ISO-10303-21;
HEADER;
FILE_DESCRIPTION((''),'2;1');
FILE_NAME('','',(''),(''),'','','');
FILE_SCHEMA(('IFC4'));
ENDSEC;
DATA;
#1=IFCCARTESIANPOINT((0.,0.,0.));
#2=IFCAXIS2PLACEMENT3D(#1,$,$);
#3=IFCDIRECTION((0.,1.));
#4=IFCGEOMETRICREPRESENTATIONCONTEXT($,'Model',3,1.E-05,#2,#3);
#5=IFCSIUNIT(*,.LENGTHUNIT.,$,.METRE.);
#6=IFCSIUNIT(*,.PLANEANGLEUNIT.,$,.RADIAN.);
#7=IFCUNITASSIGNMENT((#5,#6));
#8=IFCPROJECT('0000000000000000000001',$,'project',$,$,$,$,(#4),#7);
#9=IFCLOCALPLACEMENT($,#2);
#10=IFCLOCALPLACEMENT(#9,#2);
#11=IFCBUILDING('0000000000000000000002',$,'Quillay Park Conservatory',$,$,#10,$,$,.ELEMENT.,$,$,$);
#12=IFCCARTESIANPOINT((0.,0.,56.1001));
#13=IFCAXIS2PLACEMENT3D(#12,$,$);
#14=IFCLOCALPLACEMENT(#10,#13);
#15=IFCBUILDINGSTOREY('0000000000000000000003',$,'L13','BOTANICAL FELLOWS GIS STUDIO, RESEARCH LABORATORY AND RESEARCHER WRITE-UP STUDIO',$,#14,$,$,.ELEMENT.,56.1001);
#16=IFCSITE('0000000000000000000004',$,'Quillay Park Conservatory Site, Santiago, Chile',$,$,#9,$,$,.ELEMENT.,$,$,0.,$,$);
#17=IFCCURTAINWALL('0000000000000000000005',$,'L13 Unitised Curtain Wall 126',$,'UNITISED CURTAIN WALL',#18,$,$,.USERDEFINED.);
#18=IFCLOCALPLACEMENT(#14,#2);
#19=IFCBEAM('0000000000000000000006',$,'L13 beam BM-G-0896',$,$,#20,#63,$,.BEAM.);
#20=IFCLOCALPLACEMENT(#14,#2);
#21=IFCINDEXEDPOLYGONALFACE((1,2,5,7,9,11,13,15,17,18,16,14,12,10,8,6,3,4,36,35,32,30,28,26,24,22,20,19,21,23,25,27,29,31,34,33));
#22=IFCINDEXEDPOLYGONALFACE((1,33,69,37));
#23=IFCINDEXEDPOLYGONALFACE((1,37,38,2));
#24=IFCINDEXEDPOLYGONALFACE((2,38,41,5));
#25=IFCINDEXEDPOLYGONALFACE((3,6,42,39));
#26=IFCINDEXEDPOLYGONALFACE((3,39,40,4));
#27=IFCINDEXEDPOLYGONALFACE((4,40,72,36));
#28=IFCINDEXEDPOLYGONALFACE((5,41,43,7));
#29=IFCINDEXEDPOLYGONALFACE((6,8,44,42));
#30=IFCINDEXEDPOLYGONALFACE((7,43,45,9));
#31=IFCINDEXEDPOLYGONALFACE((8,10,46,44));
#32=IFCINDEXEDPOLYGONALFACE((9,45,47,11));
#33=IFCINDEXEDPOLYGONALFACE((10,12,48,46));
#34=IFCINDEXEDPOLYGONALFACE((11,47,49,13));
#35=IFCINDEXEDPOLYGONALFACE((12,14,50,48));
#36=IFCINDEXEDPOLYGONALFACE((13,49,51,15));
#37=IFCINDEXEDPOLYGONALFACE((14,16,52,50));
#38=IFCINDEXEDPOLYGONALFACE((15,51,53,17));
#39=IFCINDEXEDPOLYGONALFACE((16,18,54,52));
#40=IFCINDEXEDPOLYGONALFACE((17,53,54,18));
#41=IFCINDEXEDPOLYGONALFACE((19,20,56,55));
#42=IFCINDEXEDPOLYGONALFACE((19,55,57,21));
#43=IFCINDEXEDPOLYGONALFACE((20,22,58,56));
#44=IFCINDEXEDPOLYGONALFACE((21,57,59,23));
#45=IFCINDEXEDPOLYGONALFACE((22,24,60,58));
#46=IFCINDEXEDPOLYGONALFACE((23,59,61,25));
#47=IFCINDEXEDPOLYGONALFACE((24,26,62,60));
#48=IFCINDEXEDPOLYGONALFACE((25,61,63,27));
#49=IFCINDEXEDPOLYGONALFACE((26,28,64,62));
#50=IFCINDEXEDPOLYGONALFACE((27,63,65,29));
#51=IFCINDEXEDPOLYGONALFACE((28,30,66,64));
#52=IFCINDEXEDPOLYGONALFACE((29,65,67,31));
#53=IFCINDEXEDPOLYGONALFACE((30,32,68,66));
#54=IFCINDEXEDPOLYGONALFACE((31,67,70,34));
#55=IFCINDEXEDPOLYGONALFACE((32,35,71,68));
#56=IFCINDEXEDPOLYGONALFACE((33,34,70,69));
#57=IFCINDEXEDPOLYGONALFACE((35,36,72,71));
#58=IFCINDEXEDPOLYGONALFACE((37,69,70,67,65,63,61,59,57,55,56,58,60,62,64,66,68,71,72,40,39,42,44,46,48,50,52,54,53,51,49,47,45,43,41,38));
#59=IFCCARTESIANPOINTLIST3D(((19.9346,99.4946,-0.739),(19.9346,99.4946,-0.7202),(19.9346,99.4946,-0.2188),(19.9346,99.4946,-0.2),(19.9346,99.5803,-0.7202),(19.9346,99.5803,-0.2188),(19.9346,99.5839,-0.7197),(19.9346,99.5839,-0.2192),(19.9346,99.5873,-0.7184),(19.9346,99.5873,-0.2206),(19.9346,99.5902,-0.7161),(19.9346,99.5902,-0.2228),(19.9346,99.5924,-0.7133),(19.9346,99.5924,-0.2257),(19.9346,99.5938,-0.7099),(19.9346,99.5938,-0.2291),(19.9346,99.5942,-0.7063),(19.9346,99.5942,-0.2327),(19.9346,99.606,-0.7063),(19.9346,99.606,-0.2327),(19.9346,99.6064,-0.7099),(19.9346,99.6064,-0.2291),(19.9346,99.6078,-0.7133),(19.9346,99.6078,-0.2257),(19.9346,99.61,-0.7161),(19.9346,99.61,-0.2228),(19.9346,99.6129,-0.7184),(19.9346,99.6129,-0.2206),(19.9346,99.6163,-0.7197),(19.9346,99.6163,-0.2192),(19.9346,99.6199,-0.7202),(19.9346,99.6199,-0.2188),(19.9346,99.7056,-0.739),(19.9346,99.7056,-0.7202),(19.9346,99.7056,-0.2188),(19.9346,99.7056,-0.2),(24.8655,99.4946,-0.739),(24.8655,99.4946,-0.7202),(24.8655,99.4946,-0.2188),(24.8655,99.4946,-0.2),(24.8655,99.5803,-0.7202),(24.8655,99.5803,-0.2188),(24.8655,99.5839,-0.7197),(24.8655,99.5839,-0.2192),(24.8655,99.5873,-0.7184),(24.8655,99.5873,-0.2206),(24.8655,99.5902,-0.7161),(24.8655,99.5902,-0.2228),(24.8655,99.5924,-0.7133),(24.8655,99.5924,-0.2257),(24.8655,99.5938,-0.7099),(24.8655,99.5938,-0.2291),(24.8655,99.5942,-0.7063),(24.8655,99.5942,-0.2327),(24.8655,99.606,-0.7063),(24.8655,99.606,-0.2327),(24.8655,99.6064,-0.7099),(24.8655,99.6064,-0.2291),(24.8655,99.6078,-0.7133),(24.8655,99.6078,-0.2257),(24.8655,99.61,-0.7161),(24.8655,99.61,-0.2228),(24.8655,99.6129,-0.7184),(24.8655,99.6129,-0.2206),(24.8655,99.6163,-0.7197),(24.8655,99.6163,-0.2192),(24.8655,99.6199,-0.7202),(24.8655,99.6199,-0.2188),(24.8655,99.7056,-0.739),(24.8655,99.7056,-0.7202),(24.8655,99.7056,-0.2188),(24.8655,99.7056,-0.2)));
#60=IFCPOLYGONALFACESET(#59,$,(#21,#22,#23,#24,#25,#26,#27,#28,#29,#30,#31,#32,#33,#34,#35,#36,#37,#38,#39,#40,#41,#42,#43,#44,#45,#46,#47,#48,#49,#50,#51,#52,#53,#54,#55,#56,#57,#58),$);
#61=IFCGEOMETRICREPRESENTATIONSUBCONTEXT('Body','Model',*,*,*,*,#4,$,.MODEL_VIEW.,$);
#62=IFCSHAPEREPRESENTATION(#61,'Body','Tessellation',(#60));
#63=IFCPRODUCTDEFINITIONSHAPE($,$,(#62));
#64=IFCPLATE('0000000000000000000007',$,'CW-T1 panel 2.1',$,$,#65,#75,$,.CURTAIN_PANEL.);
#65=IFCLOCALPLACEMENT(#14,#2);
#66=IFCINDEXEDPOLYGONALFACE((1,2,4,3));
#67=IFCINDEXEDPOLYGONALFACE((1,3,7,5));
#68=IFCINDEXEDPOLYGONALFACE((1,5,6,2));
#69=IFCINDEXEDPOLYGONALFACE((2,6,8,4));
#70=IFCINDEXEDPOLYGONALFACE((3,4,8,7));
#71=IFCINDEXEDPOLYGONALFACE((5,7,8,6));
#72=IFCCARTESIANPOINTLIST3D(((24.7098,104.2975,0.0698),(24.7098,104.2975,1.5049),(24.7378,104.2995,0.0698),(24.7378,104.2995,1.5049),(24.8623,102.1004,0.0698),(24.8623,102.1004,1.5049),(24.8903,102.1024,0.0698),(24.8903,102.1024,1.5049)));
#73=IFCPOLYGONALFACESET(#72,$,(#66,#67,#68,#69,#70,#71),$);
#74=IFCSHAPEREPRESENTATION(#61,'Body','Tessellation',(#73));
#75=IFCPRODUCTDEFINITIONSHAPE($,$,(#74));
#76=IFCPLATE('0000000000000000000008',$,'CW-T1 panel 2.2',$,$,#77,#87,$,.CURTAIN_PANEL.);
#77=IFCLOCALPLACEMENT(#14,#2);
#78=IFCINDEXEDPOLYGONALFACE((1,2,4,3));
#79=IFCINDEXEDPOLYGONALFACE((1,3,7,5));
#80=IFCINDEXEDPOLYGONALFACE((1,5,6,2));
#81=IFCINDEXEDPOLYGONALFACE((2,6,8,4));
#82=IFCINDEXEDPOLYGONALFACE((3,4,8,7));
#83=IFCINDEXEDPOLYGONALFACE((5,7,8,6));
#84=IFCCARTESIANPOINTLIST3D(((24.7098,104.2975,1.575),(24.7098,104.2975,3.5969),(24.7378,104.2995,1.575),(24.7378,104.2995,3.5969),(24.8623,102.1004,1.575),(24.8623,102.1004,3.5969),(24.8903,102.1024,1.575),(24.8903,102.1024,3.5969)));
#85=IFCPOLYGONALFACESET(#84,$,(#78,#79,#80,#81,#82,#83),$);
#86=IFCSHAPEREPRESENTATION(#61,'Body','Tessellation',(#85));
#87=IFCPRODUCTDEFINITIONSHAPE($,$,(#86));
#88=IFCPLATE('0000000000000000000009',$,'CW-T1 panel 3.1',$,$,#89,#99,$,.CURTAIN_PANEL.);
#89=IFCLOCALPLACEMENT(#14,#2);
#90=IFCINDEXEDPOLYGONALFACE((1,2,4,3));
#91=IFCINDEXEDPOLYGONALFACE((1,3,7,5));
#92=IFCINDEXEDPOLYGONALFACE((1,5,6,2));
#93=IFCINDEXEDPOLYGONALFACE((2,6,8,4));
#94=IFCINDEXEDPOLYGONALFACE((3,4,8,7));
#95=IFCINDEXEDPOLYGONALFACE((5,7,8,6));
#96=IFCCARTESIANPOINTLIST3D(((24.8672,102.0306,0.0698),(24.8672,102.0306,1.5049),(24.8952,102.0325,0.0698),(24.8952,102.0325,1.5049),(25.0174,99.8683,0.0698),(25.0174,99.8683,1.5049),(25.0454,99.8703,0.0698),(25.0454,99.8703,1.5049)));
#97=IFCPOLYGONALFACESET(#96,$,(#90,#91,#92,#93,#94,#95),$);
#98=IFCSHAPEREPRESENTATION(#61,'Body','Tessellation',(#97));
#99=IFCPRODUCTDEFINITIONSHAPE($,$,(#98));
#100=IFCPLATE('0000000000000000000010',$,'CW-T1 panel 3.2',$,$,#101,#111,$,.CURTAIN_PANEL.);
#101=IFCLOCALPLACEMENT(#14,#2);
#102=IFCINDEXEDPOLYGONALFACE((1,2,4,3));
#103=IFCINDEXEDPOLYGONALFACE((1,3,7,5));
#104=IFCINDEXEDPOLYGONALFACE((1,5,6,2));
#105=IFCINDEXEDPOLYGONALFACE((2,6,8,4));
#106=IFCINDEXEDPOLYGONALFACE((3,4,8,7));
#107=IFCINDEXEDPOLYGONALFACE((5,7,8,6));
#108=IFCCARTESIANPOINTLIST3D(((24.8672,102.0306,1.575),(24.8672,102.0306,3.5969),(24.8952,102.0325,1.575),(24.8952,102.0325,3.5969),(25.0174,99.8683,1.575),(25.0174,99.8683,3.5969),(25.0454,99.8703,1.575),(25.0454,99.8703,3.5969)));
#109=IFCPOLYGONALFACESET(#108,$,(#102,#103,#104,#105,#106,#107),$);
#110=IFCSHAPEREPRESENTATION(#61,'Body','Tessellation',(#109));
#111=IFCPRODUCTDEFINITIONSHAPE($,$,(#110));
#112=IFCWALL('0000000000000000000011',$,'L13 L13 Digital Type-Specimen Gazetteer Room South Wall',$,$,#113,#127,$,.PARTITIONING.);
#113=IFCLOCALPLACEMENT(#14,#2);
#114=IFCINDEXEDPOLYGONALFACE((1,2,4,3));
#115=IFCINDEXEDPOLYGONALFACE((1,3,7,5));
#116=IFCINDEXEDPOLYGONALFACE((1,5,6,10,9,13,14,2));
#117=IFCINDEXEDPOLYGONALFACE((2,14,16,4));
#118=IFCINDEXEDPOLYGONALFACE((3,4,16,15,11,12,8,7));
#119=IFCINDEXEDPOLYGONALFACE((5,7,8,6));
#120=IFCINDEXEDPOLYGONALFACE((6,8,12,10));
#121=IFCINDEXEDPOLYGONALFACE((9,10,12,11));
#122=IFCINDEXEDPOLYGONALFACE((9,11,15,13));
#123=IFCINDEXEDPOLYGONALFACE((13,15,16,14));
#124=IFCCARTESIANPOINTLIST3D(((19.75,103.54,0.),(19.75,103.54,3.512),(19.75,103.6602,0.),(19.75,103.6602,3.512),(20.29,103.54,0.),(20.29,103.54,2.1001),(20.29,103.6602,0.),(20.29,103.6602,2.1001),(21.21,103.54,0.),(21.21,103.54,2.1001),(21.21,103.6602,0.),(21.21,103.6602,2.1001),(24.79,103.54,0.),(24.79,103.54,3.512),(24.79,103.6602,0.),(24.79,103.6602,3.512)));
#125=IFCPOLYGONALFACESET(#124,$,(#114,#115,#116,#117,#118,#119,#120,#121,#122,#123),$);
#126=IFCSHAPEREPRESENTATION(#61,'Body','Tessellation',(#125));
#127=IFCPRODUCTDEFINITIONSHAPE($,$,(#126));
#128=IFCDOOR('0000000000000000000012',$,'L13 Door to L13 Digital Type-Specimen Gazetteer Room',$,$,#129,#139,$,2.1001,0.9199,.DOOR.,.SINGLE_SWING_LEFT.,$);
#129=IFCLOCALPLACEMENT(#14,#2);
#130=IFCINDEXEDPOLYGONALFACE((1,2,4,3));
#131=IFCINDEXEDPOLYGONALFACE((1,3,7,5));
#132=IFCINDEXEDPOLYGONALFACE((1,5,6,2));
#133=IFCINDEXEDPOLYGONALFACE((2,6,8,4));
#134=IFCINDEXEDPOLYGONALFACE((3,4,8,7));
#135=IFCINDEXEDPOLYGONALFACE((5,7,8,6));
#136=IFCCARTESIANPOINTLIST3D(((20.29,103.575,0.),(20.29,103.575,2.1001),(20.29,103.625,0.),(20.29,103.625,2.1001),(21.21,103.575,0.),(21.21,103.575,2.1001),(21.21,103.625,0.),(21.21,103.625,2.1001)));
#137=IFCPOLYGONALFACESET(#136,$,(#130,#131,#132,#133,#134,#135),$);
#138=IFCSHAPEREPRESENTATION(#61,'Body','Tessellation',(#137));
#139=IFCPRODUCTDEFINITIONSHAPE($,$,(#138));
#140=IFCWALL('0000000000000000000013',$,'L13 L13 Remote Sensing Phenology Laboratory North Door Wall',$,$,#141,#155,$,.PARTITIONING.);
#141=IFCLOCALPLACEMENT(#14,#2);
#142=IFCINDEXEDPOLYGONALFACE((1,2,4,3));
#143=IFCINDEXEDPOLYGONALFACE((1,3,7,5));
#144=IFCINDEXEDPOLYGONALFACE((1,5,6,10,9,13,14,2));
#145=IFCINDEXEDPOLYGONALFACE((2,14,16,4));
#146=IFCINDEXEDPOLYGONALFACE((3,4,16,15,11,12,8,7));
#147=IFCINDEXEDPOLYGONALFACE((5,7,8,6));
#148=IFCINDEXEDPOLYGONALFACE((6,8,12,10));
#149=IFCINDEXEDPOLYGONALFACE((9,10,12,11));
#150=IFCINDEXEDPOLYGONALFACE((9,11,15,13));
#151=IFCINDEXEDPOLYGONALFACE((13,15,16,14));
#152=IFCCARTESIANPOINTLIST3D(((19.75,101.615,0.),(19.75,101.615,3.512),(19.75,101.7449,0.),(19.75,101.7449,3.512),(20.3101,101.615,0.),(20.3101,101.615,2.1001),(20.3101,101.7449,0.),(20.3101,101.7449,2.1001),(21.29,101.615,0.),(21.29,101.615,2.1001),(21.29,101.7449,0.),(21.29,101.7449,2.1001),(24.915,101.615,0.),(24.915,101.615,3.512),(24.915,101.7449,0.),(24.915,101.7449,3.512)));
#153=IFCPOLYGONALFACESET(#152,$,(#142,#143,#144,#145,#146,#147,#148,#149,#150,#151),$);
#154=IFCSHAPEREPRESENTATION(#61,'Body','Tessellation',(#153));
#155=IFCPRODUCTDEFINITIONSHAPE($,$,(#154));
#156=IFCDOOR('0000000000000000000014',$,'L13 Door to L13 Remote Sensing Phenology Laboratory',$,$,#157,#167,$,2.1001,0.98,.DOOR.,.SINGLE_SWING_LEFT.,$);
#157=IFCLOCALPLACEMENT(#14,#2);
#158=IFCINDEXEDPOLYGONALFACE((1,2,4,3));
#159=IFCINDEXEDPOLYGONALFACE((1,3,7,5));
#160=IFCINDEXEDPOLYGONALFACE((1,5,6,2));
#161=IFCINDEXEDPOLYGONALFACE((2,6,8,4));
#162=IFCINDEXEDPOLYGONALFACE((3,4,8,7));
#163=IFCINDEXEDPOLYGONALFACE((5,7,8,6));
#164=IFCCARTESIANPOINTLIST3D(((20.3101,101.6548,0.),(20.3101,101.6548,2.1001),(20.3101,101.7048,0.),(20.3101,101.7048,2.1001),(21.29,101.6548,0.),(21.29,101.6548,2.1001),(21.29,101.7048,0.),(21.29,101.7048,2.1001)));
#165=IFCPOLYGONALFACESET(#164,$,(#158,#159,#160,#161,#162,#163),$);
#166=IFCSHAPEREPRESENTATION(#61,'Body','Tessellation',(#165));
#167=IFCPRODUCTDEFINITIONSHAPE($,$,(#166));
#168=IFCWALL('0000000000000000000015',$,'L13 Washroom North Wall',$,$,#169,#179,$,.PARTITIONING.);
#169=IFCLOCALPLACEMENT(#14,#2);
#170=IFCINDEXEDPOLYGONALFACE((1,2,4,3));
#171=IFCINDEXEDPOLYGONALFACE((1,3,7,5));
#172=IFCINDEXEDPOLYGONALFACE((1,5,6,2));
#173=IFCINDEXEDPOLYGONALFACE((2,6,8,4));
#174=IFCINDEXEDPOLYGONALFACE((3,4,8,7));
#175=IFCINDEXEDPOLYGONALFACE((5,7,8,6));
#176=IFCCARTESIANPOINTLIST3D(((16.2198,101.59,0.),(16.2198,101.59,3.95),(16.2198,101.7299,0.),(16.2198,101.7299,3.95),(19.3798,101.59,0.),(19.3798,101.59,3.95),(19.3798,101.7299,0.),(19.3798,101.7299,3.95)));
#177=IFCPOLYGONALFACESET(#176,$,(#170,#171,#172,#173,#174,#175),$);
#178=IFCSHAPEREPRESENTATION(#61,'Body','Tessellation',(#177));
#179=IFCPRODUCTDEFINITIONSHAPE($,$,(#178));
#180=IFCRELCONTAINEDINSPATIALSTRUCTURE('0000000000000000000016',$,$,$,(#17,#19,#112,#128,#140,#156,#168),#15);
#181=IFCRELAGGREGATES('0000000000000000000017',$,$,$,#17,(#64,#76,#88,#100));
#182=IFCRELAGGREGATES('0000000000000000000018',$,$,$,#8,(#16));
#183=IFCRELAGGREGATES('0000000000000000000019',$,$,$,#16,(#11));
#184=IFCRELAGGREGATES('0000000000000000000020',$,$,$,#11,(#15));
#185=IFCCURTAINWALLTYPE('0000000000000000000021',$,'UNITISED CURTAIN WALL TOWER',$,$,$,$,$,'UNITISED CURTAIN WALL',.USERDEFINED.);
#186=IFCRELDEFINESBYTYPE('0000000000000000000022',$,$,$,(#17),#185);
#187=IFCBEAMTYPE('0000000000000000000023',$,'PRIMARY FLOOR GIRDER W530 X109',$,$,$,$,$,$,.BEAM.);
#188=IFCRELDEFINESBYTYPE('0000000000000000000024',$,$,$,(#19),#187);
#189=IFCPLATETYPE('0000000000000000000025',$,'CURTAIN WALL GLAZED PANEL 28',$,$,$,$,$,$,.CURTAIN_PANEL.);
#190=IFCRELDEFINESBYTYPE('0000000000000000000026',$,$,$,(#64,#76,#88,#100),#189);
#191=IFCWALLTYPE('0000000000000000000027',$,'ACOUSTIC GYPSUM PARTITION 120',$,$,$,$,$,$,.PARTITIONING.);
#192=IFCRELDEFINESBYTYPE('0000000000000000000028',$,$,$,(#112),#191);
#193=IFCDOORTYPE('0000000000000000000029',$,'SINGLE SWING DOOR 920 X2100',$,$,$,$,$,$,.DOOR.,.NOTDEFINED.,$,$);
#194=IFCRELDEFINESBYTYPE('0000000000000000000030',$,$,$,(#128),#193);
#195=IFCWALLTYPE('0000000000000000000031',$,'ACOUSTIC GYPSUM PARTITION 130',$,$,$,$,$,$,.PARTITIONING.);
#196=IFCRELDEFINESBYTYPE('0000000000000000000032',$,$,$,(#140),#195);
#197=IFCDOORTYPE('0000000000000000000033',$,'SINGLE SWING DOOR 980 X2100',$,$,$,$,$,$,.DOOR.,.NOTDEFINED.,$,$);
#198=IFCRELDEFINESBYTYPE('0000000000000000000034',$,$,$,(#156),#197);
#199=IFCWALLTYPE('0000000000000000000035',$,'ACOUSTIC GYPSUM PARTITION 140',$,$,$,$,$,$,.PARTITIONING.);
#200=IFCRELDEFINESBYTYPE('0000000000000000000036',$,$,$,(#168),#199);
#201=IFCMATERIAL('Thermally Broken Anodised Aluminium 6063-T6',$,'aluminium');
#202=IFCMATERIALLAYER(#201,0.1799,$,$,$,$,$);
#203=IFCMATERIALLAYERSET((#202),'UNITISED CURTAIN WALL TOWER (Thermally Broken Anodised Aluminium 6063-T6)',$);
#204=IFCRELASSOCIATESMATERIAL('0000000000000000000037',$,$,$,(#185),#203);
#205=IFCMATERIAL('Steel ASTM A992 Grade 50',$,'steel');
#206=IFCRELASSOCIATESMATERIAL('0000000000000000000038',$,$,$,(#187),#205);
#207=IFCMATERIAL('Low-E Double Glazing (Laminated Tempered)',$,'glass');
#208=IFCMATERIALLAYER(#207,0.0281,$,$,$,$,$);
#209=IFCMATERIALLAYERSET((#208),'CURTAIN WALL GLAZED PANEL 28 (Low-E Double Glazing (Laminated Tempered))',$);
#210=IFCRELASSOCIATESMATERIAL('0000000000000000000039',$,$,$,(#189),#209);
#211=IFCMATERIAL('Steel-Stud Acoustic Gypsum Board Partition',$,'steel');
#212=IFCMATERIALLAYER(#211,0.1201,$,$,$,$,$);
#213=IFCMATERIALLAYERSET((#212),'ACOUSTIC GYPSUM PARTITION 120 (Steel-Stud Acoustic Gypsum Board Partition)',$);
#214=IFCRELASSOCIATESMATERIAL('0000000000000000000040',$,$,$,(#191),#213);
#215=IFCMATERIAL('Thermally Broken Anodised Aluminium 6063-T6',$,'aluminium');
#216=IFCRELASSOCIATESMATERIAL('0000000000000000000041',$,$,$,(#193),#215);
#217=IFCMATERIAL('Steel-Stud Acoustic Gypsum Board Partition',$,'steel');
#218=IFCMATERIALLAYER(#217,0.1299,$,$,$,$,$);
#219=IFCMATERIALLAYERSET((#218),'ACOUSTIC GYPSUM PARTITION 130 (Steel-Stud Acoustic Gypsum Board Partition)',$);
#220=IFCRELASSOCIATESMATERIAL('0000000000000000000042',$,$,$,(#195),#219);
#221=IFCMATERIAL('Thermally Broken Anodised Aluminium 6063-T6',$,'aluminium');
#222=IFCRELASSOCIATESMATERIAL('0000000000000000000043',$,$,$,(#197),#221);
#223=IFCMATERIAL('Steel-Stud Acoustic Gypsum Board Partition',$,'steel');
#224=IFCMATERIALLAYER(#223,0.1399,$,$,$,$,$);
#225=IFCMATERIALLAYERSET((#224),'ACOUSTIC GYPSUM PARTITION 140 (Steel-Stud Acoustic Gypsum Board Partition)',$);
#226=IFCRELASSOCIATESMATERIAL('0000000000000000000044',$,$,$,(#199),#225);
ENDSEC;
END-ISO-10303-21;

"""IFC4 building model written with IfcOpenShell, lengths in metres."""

from ifc_helpers import new_model, si_unit, direction, frame, frame_2d, origin, origin_2d, place, context, subcontext, project, spatial, rectangle, i_section, extrude, material, layer, layer_set, material_profile, profile_set, type_object, element, fill, aggregate, save


model = new_model("IFC4")

# Units and contexts
model_context = context("Model", 3, precision=1e-05, world=origin(), true_north=direction((0.0, 1.0)))
body_context = subcontext(model_context, "Body", "Model", "MODEL_VIEW")
ifc_project = project(units=[si_unit("LENGTHUNIT", "METRE"), si_unit("PLANEANGLEUNIT", "RADIAN")], contexts=[model_context])

# Site, building, storey
site_placement = place(None, origin())
site = spatial("IfcSite", under=ifc_project, at=site_placement, Name="Quillay Park Conservatory Site, Santiago, Chile", CompositionType="ELEMENT", RefElevation=0.0)
building_placement = place(site_placement, origin())
building = spatial("IfcBuilding", under=site, at=building_placement, Name="Quillay Park Conservatory", CompositionType="ELEMENT")
storey_placement = place(building_placement, frame((0.0, 0.0, 56.1001)))
storey = spatial("IfcBuildingStorey", under=building, at=storey_placement, Name="L13", Description="BOTANICAL FELLOWS GIS STUDIO, RESEARCH LABORATORY AND RESEARCHER WRITE-UP STUDIO", CompositionType="ELEMENT", Elevation=56.1001)

# Shared definitions
ifc_material_1 = material(Name="Thermally Broken Anodised Aluminium 6063-T6", Category="aluminium")
ifc_layer_1 = layer(ifc_material_1, 0.1799)
ifc_layer_set_1 = layer_set([ifc_layer_1], Name="UNITISED CURTAIN WALL TOWER (Thermally Broken Anodised Aluminium 6063-T6)")
curtain_wall_type = type_object("IfcCurtainWallType", Name="UNITISED CURTAIN WALL TOWER", ElementType="UNITISED CURTAIN WALL", PredefinedType="USERDEFINED", material=ifc_layer_set_1)

# Curtain wall
curtain_wall_1_placement = place(storey_placement, origin())
curtain_wall_1 = element("IfcCurtainWall", 1, at=curtain_wall_1_placement, inside=storey, type_object=curtain_wall_type, Name="L13 Unitised Curtain Wall 126", ObjectType="UNITISED CURTAIN WALL", PredefinedType="USERDEFINED")

# Beam
ifc_material_2 = material(Name="Steel ASTM A992 Grade 50", Category="steel")
ifc_material_profile_1 = material_profile(ifc_material_2, i_section(OverallWidth=0.2109, OverallDepth=0.5391, WebThickness=0.0117, FlangeThickness=0.0188, FilletRadius=0.0139, at=origin_2d()), Name="W530x109")
ifc_profile_set_1 = profile_set([ifc_material_profile_1], Name="Steel ASTM A992 Grade 50")
beam_type_1 = type_object("IfcBeamType", Name="PRIMARY FLOOR GIRDER W530 X109", PredefinedType="BEAM", material=ifc_profile_set_1)
beam_1_placement = place(storey_placement, frame((19.9346, 99.6001, -0.4695), z_axis=(1.0, 0.0, 0.0), x_axis=(0.0, 1.0, 0.0)))
element("IfcBeam", 2, at=beam_1_placement, inside=storey, type_object=beam_type_1, Name="L13 beam BM-G-0896", PredefinedType="BEAM", context=body_context, shape_type="SweptSolid", body=[
    extrude(i_section(OverallWidth=0.2109, OverallDepth=0.5391, WebThickness=0.0117, FlangeThickness=0.0188, FilletRadius=0.0139, at=origin_2d()), origin(), (0.0, 0.0, 1.0), 4.9309),
])

# Plates
ifc_material_3 = material(Name="Low-E Double Glazing (Laminated Tempered)", Category="glass")
ifc_layer_2 = layer(ifc_material_3, 0.0281)
ifc_layer_set_2 = layer_set([ifc_layer_2], Name="CURTAIN WALL GLAZED PANEL 28 (Low-E Double Glazing (Laminated Tempered))")
plate_type = type_object("IfcPlateType", Name="CURTAIN WALL GLAZED PANEL 28", PredefinedType="CURTAIN_PANEL", material=ifc_layer_set_2)
plate_1_placement = place(storey_placement, frame((24.8, 103.2, 0.0698), z_axis=(0.0, 0.0, 1.0), x_axis=(0.069264, -0.997598, 0.0)))
plate_1 = element("IfcPlate", 3, at=plate_1_placement, type_object=plate_type, Name="CW-T1 panel 2.1", PredefinedType="CURTAIN_PANEL", context=body_context, shape_type="SweptSolid", body=[
    extrude(rectangle(XDim=2.2024, YDim=0.0281, at=origin_2d()), origin(), (0.0, 0.0, 1.0), 1.4351),
])
plate_2_placement = place(storey_placement, frame((24.8, 103.2, 1.575), z_axis=(0.0, 0.0, 1.0), x_axis=(0.069264, -0.997598, 0.0)))
plate_2 = element("IfcPlate", 4, at=plate_2_placement, type_object=plate_type, Name="CW-T1 panel 2.2", PredefinedType="CURTAIN_PANEL", context=body_context, shape_type="SweptSolid", body=[
    extrude(rectangle(XDim=2.2024, YDim=0.0281, at=origin_2d()), origin(), (0.0, 0.0, 1.0), 2.022),
])
plate_3_placement = place(storey_placement, frame((24.9563, 100.9504, 0.0698), z_axis=(0.0, 0.0, 1.0), x_axis=(0.069264, -0.997598, 0.0)))
plate_3 = element("IfcPlate", 5, at=plate_3_placement, type_object=plate_type, Name="CW-T1 panel 3.1", PredefinedType="CURTAIN_PANEL", context=body_context, shape_type="SweptSolid", body=[
    extrude(rectangle(XDim=2.1675, YDim=0.0281, at=origin_2d()), origin(), (0.0, 0.0, 1.0), 1.4351),
])
plate_4_placement = place(storey_placement, frame((24.9563, 100.9504, 1.575), z_axis=(0.0, 0.0, 1.0), x_axis=(0.069264, -0.997598, 0.0)))
plate_4 = element("IfcPlate", 6, at=plate_4_placement, type_object=plate_type, Name="CW-T1 panel 3.2", PredefinedType="CURTAIN_PANEL", context=body_context, shape_type="SweptSolid", body=[
    extrude(rectangle(XDim=2.1675, YDim=0.0281, at=origin_2d()), origin(), (0.0, 0.0, 1.0), 2.022),
])
aggregate(curtain_wall_1, [plate_1, plate_2, plate_3, plate_4])

# Walls, openings, doors
ifc_material_4 = material(Name="Steel-Stud Acoustic Gypsum Board Partition", Category="steel")
ifc_layer_3 = layer(ifc_material_4, 0.1201)
ifc_layer_set_3 = layer_set([ifc_layer_3], Name="ACOUSTIC GYPSUM PARTITION 120 (Steel-Stud Acoustic Gypsum Board Partition)")
wall_type_1 = type_object("IfcWallType", Name="ACOUSTIC GYPSUM PARTITION 120", PredefinedType="PARTITIONING", material=ifc_layer_set_3)
wall_1_placement = place(storey_placement, frame((19.75, 103.6001, 0.0), z_axis=(0.0, 0.0, 1.0), x_axis=(1.0, 0.0, 0.0)))
wall_1 = element("IfcWall", 7, at=wall_1_placement, inside=storey, type_object=wall_type_1, Name="L13 L13 Digital Type-Specimen Gazetteer Room South Wall", PredefinedType="PARTITIONING", context=body_context, shape_type="SweptSolid", body=[
    extrude(rectangle(XDim=5.04, YDim=0.1201, at=frame_2d((2.52, 0.0))), origin(), (0.0, 0.0, 1.0), 3.512),
])
opening_1_placement = place(wall_1_placement, frame((0.54, 0.0, 0.0)))
opening_1 = element("IfcOpeningElement", 8, at=opening_1_placement, cuts=wall_1, PredefinedType="OPENING", context=body_context, shape_type="SweptSolid", body=[
    extrude(rectangle(XDim=0.9199, YDim=2.1001, at=frame_2d((0.46, 1.05))), frame((0.0, 0.0601, 0.0), z_axis=(0.0, -1.0, 0.0), x_axis=(1.0, 0.0, 0.0)), (0.0, 0.0, 1.0), 0.1201),
])
ifc_material_5 = material(Name="Thermally Broken Anodised Aluminium 6063-T6", Category="aluminium")
door_type_1 = type_object("IfcDoorType", Name="SINGLE SWING DOOR 920 X2100", OperationType="NOTDEFINED", PredefinedType="DOOR", material=ifc_material_5)
door_1_placement = place(opening_1_placement, origin())
door_1 = element("IfcDoor", 9, at=door_1_placement, inside=storey, type_object=door_type_1, Name="L13 Door to L13 Digital Type-Specimen Gazetteer Room", OperationType="SINGLE_SWING_LEFT", OverallHeight=2.1001, OverallWidth=0.9199, PredefinedType="DOOR", context=body_context, shape_type="SweptSolid", body=[
    extrude(rectangle(XDim=0.9199, YDim=2.1001, at=frame_2d((0.46, 1.05))), frame((0.0, 0.0249, 0.0), z_axis=(0.0, -1.0, 0.0), x_axis=(1.0, 0.0, 0.0)), (0.0, 0.0, 1.0), 0.05),
])
fill(opening_1, door_1)
ifc_material_6 = material(Name="Steel-Stud Acoustic Gypsum Board Partition", Category="steel")
ifc_layer_4 = layer(ifc_material_6, 0.1299)
ifc_layer_set_4 = layer_set([ifc_layer_4], Name="ACOUSTIC GYPSUM PARTITION 130 (Steel-Stud Acoustic Gypsum Board Partition)")
wall_type_2 = type_object("IfcWallType", Name="ACOUSTIC GYPSUM PARTITION 130", PredefinedType="PARTITIONING", material=ifc_layer_set_4)
wall_2_placement = place(storey_placement, frame((19.75, 101.6799, 0.0), z_axis=(0.0, 0.0, 1.0), x_axis=(1.0, 0.0, 0.0)))
wall_2 = element("IfcWall", 10, at=wall_2_placement, inside=storey, type_object=wall_type_2, Name="L13 L13 Remote Sensing Phenology Laboratory North Door Wall", PredefinedType="PARTITIONING", context=body_context, shape_type="SweptSolid", body=[
    extrude(rectangle(XDim=5.165, YDim=0.1299, at=frame_2d((2.5825, 0.0))), origin(), (0.0, 0.0, 1.0), 3.512),
])
opening_2_placement = place(wall_2_placement, frame((0.5601, 0.0, 0.0)))
opening_2 = element("IfcOpeningElement", 11, at=opening_2_placement, cuts=wall_2, PredefinedType="OPENING", context=body_context, shape_type="SweptSolid", body=[
    extrude(rectangle(XDim=0.98, YDim=2.1001, at=frame_2d((0.49, 1.05))), frame((0.0, 0.0649, 0.0), z_axis=(0.0, -1.0, 0.0), x_axis=(1.0, 0.0, 0.0)), (0.0, 0.0, 1.0), 0.1299),
])
ifc_material_7 = material(Name="Thermally Broken Anodised Aluminium 6063-T6", Category="aluminium")
door_type_2 = type_object("IfcDoorType", Name="SINGLE SWING DOOR 980 X2100", OperationType="NOTDEFINED", PredefinedType="DOOR", material=ifc_material_7)
door_2_placement = place(opening_2_placement, origin())
door_2 = element("IfcDoor", 12, at=door_2_placement, inside=storey, type_object=door_type_2, Name="L13 Door to L13 Remote Sensing Phenology Laboratory", OperationType="SINGLE_SWING_LEFT", OverallHeight=2.1001, OverallWidth=0.98, PredefinedType="DOOR", context=body_context, shape_type="SweptSolid", body=[
    extrude(rectangle(XDim=0.98, YDim=2.1001, at=frame_2d((0.49, 1.05))), frame((0.0, 0.0249, 0.0), z_axis=(0.0, -1.0, 0.0), x_axis=(1.0, 0.0, 0.0)), (0.0, 0.0, 1.0), 0.05),
])
fill(opening_2, door_2)

# Wall
ifc_material_8 = material(Name="Steel-Stud Acoustic Gypsum Board Partition", Category="steel")
ifc_layer_5 = layer(ifc_material_8, 0.1399)
ifc_layer_set_5 = layer_set([ifc_layer_5], Name="ACOUSTIC GYPSUM PARTITION 140 (Steel-Stud Acoustic Gypsum Board Partition)")
wall_type_3 = type_object("IfcWallType", Name="ACOUSTIC GYPSUM PARTITION 140", PredefinedType="PARTITIONING", material=ifc_layer_set_5)
wall_3_placement = place(storey_placement, frame((19.3799, 101.6599, 0.0), z_axis=(0.0, 0.0, 1.0), x_axis=(-1.0, 0.0, 0.0)))
element("IfcWall", 13, at=wall_3_placement, inside=storey, type_object=wall_type_3, Name="L13 Washroom North Wall", PredefinedType="PARTITIONING", context=body_context, shape_type="SweptSolid", body=[
    extrude(rectangle(XDim=3.1599, YDim=0.1399, at=frame_2d((1.5801, 0.0))), origin(), (0.0, 0.0, 1.0), 3.95),
])

save(model, "model.ifc")
